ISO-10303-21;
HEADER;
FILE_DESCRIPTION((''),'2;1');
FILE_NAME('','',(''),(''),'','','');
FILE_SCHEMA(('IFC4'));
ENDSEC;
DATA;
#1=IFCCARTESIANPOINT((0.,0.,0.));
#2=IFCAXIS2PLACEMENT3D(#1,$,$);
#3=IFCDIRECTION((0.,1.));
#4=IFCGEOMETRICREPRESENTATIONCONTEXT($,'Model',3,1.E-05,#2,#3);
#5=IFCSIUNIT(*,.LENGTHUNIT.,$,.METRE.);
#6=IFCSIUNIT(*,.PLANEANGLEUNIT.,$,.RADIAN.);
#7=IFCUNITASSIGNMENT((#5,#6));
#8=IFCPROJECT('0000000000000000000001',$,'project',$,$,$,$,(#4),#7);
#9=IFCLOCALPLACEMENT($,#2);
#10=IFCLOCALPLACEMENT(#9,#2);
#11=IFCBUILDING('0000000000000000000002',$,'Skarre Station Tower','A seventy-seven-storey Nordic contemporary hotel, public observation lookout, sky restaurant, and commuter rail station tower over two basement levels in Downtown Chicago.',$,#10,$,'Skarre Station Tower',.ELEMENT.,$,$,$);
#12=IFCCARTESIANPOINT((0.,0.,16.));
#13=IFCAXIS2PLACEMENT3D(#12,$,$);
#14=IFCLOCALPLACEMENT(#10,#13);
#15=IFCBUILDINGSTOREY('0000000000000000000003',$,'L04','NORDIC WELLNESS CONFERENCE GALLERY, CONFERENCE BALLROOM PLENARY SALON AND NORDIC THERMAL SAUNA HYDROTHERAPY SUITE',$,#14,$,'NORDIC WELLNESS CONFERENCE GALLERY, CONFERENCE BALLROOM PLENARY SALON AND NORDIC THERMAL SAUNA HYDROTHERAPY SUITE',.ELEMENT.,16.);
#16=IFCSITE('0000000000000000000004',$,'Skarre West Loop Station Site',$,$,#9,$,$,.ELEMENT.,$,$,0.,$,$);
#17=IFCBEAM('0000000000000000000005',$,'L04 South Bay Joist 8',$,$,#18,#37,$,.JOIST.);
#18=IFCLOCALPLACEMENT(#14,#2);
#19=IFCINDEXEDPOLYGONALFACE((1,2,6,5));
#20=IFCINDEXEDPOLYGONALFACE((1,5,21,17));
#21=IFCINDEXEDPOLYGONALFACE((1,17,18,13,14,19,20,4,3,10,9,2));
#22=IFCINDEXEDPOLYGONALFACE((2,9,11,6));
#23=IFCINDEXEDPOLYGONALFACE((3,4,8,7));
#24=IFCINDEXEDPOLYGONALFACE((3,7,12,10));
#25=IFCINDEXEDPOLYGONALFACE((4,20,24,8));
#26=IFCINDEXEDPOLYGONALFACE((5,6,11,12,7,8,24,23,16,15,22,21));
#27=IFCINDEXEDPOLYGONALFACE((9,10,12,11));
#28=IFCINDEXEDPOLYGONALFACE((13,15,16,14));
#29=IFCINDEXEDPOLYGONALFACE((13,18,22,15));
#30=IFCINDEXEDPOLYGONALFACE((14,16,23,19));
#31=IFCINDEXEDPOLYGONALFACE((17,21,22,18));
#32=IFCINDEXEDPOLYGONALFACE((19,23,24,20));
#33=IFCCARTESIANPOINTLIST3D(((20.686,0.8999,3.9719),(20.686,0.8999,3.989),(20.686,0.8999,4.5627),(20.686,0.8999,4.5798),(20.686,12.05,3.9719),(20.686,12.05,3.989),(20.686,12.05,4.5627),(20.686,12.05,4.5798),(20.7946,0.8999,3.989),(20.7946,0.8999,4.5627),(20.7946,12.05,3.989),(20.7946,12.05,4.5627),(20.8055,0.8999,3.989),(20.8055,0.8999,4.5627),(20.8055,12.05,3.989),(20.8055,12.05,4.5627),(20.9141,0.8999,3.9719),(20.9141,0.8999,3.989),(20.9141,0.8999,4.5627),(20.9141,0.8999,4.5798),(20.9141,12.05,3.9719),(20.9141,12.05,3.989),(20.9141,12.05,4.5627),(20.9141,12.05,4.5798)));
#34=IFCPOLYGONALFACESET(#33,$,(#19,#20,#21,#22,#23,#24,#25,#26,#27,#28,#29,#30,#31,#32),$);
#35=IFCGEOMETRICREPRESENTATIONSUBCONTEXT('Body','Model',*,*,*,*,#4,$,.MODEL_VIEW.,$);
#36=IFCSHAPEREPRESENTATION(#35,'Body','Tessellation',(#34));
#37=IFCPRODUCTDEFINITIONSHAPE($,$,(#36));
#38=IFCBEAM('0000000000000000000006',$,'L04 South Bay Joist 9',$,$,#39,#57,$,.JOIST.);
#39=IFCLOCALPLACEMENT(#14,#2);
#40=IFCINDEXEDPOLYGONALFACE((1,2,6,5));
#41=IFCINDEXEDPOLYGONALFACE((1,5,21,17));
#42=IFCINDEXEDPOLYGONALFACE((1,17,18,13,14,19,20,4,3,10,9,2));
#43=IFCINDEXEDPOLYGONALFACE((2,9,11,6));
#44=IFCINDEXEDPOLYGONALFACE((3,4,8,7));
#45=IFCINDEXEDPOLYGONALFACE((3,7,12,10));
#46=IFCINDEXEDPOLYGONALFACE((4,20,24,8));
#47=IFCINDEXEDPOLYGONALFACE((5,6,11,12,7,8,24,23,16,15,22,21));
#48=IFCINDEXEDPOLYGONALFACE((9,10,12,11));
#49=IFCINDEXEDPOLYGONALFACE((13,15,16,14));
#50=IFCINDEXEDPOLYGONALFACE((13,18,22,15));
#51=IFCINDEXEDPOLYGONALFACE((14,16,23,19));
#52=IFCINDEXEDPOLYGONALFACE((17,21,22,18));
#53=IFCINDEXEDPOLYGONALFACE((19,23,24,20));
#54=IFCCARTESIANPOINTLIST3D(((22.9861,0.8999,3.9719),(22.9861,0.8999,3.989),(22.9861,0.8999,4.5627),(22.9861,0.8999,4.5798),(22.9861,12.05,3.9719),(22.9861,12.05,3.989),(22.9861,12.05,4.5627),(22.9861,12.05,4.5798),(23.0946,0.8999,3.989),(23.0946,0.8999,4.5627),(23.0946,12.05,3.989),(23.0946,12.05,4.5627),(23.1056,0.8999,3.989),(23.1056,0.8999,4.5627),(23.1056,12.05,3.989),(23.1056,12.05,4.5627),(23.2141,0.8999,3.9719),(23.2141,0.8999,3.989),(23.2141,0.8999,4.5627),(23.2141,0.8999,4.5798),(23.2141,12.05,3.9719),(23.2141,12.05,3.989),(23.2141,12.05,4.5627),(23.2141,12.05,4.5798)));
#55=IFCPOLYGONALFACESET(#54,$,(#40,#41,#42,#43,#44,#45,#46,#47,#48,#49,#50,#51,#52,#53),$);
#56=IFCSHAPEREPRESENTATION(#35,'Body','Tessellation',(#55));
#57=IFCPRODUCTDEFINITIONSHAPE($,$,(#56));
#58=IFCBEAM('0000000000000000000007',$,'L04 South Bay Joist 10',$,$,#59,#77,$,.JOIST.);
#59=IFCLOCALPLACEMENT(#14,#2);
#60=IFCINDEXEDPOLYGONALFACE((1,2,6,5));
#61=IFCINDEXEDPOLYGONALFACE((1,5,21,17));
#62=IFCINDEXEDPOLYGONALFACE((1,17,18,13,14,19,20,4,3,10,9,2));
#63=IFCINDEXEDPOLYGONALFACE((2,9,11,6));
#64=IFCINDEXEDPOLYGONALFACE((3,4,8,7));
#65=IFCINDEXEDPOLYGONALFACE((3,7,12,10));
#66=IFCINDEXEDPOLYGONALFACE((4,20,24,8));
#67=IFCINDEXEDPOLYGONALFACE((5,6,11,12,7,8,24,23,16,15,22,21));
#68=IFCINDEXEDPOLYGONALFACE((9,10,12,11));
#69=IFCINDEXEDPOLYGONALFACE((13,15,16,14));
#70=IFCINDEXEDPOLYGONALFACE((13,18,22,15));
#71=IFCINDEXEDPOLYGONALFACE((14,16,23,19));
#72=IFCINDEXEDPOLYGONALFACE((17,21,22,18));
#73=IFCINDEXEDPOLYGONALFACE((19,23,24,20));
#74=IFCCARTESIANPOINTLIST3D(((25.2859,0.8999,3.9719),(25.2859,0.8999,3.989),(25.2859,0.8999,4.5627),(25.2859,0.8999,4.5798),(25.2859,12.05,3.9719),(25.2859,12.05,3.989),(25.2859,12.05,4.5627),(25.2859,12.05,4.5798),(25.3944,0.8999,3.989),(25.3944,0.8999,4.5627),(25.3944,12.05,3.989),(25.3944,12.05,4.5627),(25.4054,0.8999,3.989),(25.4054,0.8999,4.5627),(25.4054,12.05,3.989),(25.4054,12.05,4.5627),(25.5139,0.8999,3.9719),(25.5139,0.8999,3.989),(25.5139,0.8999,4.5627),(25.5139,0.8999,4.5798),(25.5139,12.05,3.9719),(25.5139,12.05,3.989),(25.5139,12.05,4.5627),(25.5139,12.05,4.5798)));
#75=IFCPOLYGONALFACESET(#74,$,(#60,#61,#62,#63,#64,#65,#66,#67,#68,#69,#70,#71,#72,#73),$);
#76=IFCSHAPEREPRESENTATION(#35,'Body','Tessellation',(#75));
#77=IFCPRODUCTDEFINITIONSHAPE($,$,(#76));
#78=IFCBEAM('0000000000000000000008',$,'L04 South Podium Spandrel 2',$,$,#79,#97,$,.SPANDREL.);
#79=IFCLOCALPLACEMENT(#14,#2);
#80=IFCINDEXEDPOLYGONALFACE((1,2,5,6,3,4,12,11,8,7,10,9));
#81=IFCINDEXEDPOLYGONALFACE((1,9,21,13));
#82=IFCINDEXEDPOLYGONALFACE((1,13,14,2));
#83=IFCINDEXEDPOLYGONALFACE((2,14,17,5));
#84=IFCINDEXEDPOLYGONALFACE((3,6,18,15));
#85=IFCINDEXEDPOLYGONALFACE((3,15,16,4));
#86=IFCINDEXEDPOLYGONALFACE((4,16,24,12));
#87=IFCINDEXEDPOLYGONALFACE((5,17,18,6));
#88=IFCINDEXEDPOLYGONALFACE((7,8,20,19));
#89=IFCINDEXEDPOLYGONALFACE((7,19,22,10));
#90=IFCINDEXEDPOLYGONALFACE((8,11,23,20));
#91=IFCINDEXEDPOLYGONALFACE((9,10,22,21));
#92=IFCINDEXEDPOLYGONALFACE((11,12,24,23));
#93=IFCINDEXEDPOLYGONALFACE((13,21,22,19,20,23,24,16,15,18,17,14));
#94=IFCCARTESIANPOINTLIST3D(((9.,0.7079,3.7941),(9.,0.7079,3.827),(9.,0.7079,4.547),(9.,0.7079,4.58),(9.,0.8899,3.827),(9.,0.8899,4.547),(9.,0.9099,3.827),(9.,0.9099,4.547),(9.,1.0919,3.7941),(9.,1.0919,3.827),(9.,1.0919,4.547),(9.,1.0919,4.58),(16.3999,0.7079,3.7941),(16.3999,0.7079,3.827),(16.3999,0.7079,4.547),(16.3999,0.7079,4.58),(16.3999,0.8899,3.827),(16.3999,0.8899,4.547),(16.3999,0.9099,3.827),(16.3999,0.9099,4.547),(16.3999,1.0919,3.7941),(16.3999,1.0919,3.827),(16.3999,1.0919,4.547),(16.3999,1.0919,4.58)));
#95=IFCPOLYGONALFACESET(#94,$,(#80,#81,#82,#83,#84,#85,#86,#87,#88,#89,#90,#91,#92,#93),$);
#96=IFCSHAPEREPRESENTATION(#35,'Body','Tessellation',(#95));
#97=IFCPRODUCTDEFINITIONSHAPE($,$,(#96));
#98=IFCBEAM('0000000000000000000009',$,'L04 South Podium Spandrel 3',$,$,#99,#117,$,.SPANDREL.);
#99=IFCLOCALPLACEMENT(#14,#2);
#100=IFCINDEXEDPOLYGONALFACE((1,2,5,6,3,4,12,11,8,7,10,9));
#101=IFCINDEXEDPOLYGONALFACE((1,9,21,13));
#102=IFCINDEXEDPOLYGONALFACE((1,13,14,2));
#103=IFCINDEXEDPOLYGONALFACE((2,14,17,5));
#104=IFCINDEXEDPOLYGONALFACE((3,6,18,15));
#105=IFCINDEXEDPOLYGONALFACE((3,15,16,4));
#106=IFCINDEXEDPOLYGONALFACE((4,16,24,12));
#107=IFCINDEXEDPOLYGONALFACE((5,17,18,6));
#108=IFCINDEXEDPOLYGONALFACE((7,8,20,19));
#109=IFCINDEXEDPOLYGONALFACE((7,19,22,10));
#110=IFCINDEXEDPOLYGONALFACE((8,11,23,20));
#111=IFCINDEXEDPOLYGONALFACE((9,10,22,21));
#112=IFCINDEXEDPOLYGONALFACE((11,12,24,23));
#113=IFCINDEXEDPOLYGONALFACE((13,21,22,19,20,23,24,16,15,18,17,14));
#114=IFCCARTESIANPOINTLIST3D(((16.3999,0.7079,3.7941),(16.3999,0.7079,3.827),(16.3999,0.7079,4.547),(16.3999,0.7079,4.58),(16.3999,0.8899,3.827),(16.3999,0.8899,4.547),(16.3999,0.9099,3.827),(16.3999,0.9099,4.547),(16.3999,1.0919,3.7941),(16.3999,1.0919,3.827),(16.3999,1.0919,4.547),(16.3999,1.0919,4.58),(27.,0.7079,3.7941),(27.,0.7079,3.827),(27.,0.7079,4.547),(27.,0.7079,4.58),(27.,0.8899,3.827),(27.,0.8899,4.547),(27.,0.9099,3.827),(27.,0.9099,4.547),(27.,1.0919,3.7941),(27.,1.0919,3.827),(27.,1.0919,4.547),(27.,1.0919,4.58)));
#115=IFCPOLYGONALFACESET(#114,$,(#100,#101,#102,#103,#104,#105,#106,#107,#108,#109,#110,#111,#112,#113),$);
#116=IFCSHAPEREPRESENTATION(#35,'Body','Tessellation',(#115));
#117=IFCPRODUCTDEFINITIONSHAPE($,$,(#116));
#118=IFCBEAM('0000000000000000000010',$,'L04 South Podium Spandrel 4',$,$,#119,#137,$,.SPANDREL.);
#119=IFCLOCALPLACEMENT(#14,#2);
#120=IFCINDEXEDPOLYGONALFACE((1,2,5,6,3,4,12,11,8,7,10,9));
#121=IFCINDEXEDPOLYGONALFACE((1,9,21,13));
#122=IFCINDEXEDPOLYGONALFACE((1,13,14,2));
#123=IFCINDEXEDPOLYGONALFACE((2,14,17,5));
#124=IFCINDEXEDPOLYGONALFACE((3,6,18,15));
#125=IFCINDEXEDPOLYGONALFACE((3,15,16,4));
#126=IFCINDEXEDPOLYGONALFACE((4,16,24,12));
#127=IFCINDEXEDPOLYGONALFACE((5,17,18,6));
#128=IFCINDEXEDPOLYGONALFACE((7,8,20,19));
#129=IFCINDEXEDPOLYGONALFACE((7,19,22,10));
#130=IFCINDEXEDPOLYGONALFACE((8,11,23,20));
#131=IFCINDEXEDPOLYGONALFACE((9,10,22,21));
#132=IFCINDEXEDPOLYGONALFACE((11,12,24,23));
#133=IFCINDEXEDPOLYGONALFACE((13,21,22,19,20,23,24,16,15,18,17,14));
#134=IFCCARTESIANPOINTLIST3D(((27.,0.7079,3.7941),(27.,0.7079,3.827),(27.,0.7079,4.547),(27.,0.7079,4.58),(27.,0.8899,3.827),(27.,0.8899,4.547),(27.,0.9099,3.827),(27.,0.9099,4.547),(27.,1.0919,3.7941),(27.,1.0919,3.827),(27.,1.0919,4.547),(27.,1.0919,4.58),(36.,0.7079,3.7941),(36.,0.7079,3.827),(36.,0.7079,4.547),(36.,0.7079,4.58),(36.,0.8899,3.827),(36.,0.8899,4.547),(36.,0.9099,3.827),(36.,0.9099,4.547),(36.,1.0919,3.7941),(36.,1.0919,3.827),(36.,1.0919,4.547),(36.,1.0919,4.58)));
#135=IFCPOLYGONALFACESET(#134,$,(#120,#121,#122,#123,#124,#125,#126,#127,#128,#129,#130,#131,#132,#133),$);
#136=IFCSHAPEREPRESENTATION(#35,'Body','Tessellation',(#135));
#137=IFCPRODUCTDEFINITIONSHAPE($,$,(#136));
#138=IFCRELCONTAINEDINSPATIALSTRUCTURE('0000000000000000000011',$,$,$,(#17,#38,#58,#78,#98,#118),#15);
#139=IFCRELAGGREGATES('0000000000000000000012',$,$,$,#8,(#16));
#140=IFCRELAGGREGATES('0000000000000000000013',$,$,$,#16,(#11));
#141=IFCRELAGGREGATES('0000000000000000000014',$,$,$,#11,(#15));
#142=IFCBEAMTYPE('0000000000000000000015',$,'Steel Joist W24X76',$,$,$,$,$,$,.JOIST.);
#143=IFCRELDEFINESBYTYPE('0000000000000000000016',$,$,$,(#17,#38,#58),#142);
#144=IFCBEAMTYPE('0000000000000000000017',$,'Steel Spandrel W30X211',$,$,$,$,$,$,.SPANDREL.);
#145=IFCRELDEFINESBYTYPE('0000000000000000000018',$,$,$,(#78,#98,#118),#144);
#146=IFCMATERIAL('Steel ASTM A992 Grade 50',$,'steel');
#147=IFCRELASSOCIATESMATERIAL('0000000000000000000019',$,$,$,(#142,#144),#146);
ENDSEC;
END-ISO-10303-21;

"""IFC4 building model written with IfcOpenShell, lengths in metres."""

from ifc_helpers import new_model, si_unit, direction, frame, origin, origin_2d, place, context, subcontext, project, spatial, i_section, extrude, material, material_profile, profile_set, type_object, element, save


model = new_model("IFC4")

# Units and contexts
model_context = context("Model", 3, precision=1e-05, world=origin(), true_north=direction((0.0, 1.0)))
body_context = subcontext(model_context, "Body", "Model", "MODEL_VIEW")
ifc_project = project(units=[si_unit("LENGTHUNIT", "METRE"), si_unit("PLANEANGLEUNIT", "RADIAN")], contexts=[model_context])

# Site, building, storey
site_placement = place(None, origin())
site = spatial("IfcSite", under=ifc_project, at=site_placement, Name="Skarre West Loop Station Site", CompositionType="ELEMENT", RefElevation=0.0)
building_placement = place(site_placement, origin())
building = spatial("IfcBuilding", under=site, at=building_placement, Name="Skarre Station Tower", Description="A seventy-seven-storey Nordic contemporary hotel, public observation lookout, sky restaurant, and commuter rail station tower over two basement levels in Downtown Chicago.", LongName="Skarre Station Tower", CompositionType="ELEMENT")
storey_placement = place(building_placement, frame((0.0, 0.0, 16.0)))
storey = spatial("IfcBuildingStorey", under=building, at=storey_placement, Name="L04", Description="NORDIC WELLNESS CONFERENCE GALLERY, CONFERENCE BALLROOM PLENARY SALON AND NORDIC THERMAL SAUNA HYDROTHERAPY SUITE", LongName="NORDIC WELLNESS CONFERENCE GALLERY, CONFERENCE BALLROOM PLENARY SALON AND NORDIC THERMAL SAUNA HYDROTHERAPY SUITE", CompositionType="ELEMENT", Elevation=16.0)

# Beams
ifc_material_1 = material(Name="Steel ASTM A992 Grade 50", Category="steel")
ifc_material_profile_1 = material_profile(ifc_material_1, i_section(OverallWidth=0.228, OverallDepth=0.6079, WebThickness=0.011, FlangeThickness=0.0171, at=origin_2d()), Name="Steel ASTM A992 Grade 50")
ifc_profile_set_1 = profile_set([ifc_material_profile_1], Name="Steel ASTM A992 Grade 50")
beam_type_1 = type_object("IfcBeamType", Name="Steel Joist W24X76", PredefinedType="JOIST", material=ifc_profile_set_1)
for number, where, z_axis, x_axis, name in (
    (1, (20.8, 0.8999, 4.2759), (0.0, 1.0, 0.0), (-1.0, 0.0, 0.0), "L04 South Bay Joist 8"),
    (2, (23.1001, 0.8999, 4.2759), (0.0, 1.0, 0.0), (-1.0, 0.0, 0.0), "L04 South Bay Joist 9"),
    (3, (25.3999, 0.8999, 4.2759), (0.0, 1.0, 0.0), (-1.0, 0.0, 0.0), "L04 South Bay Joist 10"),
):
    element("IfcBeam", number, at=place(storey_placement, frame(where, z_axis=z_axis, x_axis=x_axis)), inside=storey, type_object=beam_type_1, Name=name, PredefinedType="JOIST", context=body_context, shape_type="SweptSolid", body=[
        extrude(i_section(OverallWidth=0.228, OverallDepth=0.6079, WebThickness=0.011, FlangeThickness=0.0171, at=origin_2d()), origin(), (0.0, 0.0, 1.0), 11.1501),
    ])
ifc_material_profile_2 = material_profile(ifc_material_1, i_section(OverallWidth=0.384, OverallDepth=0.7859, WebThickness=0.02, FlangeThickness=0.033, at=origin_2d()), Name="Steel ASTM A992 Grade 50")
ifc_profile_set_2 = profile_set([ifc_material_profile_2], Name="Steel ASTM A992 Grade 50")
beam_type_2 = type_object("IfcBeamType", Name="Steel Spandrel W30X211", PredefinedType="SPANDREL", material=ifc_profile_set_2)
beam_1_placement = place(storey_placement, frame((9.0, 0.8999, 4.187), z_axis=(1.0, 0.0, 0.0), x_axis=(0.0, 1.0, 0.0)))
element("IfcBeam", 4, at=beam_1_placement, inside=storey, type_object=beam_type_2, Name="L04 South Podium Spandrel 2", PredefinedType="SPANDREL", context=body_context, shape_type="SweptSolid", body=[
    extrude(i_section(OverallWidth=0.384, OverallDepth=0.7859, WebThickness=0.02, FlangeThickness=0.033, at=origin_2d()), origin(), (0.0, 0.0, 1.0), 7.3999),
])
beam_2_placement = place(storey_placement, frame((16.3999, 0.8999, 4.187), z_axis=(1.0, 0.0, 0.0), x_axis=(0.0, 1.0, 0.0)))
element("IfcBeam", 5, at=beam_2_placement, inside=storey, type_object=beam_type_2, Name="L04 South Podium Spandrel 3", PredefinedType="SPANDREL", context=body_context, shape_type="SweptSolid", body=[
    extrude(i_section(OverallWidth=0.384, OverallDepth=0.7859, WebThickness=0.02, FlangeThickness=0.033, at=origin_2d()), origin(), (0.0, 0.0, 1.0), 10.6001),
])
beam_3_placement = place(storey_placement, frame((27.0, 0.8999, 4.187), z_axis=(1.0, 0.0, 0.0), x_axis=(0.0, 1.0, 0.0)))
element("IfcBeam", 6, at=beam_3_placement, inside=storey, type_object=beam_type_2, Name="L04 South Podium Spandrel 4", PredefinedType="SPANDREL", context=body_context, shape_type="SweptSolid", body=[
    extrude(i_section(OverallWidth=0.384, OverallDepth=0.7859, WebThickness=0.02, FlangeThickness=0.033, at=origin_2d()), origin(), (0.0, 0.0, 1.0), 9.0),
])

save(model, "model.ifc")
